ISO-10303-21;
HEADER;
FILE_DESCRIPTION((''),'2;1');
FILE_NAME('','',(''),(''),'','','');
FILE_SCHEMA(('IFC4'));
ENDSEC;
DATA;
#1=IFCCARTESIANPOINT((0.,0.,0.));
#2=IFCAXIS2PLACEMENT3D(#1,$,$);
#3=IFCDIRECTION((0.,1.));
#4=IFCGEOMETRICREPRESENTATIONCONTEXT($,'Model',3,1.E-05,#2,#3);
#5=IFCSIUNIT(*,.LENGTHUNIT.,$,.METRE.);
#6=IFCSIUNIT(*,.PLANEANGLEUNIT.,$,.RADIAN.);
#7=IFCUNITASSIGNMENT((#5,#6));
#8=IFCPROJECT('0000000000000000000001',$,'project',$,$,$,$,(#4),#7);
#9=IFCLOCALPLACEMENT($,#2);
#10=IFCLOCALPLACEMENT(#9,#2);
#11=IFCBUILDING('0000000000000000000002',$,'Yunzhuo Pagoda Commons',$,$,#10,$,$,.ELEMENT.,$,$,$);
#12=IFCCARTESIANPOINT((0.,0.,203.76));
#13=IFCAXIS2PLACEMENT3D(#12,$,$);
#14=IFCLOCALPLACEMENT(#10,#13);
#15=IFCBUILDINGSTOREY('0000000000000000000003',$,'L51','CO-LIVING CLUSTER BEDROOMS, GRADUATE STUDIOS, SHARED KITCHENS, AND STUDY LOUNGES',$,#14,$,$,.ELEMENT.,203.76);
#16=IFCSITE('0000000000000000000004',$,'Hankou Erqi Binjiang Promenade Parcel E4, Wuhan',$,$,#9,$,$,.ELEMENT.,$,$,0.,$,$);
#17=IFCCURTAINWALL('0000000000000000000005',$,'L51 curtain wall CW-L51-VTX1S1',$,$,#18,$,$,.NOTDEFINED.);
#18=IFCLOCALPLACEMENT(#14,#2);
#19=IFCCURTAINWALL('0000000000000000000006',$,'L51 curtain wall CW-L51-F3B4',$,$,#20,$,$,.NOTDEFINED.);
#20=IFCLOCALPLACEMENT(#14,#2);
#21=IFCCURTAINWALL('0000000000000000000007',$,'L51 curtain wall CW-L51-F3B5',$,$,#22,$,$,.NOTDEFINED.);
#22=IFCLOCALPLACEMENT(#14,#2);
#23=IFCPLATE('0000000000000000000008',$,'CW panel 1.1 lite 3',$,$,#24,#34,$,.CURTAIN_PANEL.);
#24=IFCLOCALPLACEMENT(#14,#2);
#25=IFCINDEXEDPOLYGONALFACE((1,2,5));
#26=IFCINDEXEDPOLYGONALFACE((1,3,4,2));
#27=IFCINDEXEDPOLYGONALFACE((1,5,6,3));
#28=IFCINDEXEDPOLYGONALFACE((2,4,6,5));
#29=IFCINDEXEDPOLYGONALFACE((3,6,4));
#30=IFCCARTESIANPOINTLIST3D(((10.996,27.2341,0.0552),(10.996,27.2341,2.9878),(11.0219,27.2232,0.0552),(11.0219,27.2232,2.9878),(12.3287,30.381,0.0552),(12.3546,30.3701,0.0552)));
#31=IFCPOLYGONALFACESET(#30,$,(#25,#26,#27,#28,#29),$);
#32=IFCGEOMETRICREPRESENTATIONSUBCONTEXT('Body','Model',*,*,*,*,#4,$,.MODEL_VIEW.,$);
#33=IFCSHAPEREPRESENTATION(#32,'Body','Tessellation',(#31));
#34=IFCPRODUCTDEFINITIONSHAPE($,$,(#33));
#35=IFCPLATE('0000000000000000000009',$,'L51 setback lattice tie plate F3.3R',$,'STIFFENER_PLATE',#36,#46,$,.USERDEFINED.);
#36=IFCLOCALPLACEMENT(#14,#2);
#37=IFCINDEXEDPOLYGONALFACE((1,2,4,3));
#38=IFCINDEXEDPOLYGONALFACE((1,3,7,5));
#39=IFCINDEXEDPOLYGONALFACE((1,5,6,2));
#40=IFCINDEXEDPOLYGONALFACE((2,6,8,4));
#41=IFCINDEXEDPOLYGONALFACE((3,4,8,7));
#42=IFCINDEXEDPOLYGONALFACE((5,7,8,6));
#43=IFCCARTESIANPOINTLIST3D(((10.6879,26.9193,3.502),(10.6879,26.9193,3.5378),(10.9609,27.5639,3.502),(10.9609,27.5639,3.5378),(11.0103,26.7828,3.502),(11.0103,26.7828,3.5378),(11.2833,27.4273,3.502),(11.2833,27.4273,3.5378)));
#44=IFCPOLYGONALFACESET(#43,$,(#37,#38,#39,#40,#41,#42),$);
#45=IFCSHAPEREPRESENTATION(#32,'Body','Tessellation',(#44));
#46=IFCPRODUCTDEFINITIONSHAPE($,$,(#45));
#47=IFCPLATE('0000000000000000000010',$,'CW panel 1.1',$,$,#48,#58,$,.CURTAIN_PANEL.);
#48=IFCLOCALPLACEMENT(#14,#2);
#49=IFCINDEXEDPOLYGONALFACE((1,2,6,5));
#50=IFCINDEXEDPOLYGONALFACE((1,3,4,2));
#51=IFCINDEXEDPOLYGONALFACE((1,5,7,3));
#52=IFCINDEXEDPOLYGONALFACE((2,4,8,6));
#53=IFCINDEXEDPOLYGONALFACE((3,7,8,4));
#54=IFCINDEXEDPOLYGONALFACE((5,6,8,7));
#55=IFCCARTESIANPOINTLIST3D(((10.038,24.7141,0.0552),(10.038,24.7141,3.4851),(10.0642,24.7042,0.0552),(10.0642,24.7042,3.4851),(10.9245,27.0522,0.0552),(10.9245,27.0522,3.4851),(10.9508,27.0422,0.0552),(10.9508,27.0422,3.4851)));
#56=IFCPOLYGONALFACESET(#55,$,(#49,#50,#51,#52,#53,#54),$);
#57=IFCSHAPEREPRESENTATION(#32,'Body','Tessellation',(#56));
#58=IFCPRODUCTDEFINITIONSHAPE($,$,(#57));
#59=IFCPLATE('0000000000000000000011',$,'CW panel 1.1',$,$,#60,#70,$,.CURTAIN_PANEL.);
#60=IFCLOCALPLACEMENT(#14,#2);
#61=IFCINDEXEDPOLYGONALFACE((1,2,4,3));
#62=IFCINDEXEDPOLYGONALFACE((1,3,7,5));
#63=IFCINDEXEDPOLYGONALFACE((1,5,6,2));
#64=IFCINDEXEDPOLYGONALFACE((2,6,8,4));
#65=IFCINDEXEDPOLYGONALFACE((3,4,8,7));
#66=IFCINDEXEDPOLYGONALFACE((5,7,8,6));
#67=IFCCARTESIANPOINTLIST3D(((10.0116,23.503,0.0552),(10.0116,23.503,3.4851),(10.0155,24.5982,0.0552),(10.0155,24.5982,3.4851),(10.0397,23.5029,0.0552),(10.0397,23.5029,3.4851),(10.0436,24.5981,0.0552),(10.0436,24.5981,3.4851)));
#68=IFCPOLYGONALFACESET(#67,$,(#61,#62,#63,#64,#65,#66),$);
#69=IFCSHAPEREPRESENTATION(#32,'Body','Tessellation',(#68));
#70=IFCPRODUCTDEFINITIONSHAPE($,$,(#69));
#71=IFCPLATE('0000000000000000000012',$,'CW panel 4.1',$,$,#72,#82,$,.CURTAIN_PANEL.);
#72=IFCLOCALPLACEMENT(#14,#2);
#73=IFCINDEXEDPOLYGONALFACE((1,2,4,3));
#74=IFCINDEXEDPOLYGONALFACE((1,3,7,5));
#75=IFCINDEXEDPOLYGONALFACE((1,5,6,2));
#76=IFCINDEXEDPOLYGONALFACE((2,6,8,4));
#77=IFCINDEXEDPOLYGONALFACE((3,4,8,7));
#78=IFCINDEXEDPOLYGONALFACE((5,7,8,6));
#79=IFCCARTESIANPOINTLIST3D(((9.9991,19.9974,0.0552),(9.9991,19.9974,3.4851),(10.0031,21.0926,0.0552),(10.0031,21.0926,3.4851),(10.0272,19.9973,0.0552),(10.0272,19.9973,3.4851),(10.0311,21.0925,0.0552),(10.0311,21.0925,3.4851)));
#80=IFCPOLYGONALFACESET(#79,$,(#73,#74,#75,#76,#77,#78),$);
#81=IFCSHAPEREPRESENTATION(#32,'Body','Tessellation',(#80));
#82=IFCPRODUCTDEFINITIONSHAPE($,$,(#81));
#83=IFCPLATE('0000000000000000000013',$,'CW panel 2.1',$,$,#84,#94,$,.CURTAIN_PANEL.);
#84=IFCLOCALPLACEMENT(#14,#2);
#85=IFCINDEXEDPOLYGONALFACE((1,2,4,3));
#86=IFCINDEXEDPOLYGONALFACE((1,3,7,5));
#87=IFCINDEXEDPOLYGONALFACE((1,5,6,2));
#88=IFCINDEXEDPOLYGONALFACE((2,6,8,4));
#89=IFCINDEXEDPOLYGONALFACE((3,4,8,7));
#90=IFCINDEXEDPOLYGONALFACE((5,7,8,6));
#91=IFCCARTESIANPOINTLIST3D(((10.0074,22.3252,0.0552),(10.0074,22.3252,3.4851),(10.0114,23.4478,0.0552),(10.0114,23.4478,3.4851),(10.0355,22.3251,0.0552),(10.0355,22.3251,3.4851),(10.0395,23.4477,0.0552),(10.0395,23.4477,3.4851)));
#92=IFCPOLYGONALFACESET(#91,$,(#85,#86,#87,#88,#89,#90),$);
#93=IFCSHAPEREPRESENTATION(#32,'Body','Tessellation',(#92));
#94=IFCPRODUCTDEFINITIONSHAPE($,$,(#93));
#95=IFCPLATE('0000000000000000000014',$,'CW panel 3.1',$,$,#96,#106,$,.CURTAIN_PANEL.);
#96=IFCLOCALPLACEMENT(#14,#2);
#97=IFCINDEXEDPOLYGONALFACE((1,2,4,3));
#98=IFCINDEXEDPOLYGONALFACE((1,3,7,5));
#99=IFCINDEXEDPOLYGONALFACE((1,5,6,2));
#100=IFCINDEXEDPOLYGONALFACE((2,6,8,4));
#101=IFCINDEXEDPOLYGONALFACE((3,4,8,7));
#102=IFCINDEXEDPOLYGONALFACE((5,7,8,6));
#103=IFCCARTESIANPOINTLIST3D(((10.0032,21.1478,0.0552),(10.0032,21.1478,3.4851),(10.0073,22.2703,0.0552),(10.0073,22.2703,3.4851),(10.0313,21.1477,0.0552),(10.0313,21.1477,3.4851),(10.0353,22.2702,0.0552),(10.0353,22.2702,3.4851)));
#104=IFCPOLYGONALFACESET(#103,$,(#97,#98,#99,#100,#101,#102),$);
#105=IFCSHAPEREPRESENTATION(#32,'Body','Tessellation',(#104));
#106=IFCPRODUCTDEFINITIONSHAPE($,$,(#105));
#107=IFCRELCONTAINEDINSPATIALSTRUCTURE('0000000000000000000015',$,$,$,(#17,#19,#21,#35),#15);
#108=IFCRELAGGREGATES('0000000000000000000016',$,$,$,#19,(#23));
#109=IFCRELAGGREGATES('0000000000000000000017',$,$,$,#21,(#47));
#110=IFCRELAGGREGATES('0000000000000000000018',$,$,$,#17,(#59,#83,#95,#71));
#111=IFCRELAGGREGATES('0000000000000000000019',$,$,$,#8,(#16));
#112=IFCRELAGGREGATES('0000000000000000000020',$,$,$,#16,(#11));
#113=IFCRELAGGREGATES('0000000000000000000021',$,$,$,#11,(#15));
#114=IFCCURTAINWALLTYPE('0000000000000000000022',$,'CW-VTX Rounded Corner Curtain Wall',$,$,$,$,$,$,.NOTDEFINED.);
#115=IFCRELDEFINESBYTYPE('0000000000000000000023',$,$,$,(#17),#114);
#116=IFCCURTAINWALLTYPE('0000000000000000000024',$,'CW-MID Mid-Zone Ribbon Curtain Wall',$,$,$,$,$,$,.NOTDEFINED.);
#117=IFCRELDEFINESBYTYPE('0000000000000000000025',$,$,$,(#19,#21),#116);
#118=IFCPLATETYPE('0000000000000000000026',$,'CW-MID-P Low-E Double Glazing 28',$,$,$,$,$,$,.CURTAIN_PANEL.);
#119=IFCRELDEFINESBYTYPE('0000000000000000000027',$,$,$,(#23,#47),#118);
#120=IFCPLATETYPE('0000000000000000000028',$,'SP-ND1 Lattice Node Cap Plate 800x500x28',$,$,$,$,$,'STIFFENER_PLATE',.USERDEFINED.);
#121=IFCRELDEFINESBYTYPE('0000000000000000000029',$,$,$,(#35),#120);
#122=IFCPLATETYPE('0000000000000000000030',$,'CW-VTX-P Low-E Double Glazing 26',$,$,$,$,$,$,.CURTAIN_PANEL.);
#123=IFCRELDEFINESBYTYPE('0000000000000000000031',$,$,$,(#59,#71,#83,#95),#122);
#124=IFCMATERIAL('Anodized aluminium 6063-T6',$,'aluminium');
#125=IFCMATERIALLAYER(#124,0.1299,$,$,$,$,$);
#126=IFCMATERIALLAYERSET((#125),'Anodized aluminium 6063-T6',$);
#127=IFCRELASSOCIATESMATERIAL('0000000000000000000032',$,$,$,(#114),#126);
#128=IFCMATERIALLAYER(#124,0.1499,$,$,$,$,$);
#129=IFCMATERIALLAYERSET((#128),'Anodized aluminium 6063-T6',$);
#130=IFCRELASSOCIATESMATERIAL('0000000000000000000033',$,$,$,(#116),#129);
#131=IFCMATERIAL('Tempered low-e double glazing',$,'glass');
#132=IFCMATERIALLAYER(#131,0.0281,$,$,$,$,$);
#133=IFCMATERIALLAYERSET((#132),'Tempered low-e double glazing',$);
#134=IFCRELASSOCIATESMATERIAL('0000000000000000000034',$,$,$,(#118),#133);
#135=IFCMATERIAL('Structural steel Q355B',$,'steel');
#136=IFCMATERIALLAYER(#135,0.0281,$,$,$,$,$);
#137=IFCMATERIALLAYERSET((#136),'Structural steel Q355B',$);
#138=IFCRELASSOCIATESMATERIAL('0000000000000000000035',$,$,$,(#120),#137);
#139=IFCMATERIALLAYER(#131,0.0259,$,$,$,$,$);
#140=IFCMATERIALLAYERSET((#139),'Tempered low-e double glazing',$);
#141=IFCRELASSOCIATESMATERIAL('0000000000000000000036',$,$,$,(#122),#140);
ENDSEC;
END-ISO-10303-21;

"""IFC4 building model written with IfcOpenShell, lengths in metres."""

from ifc_helpers import new_model, si_unit, direction, frame, origin, origin_2d, place, context, subcontext, project, spatial, polyline, rectangle, outline, extrude, source, transform, mapped, material, layer, layer_set, type_object, element, aggregate, save


model = new_model("IFC4")

# Units and contexts
model_context = context("Model", 3, precision=1e-05, world=origin(), true_north=direction((0.0, 1.0)))
body_context = subcontext(model_context, "Body", "Model", "MODEL_VIEW")
ifc_project = project(units=[si_unit("LENGTHUNIT", "METRE"), si_unit("PLANEANGLEUNIT", "RADIAN")], contexts=[model_context])

# Site, building, storey
site_placement = place(None, origin())
site = spatial("IfcSite", under=ifc_project, at=site_placement, Name="Hankou Erqi Binjiang Promenade Parcel E4, Wuhan", CompositionType="ELEMENT", RefElevation=0.0)
building_placement = place(site_placement, origin())
building = spatial("IfcBuilding", under=site, at=building_placement, Name="Yunzhuo Pagoda Commons", CompositionType="ELEMENT")
storey_placement = place(building_placement, frame((0.0, 0.0, 203.76)))
storey = spatial("IfcBuildingStorey", under=building, at=storey_placement, Name="L51", Description="CO-LIVING CLUSTER BEDROOMS, GRADUATE STUDIOS, SHARED KITCHENS, AND STUDY LOUNGES", CompositionType="ELEMENT", Elevation=203.76)

# Shared definitions
ifc_material_1 = material(Name="Structural steel Q355B", Category="steel")

# Curtain wall
ifc_material_2 = material(Name="Anodized aluminium 6063-T6", Category="aluminium")
ifc_layer_1 = layer(ifc_material_2, 0.1299)
ifc_layer_set_1 = layer_set([ifc_layer_1], Name="Anodized aluminium 6063-T6")
curtain_wall_type_1 = type_object("IfcCurtainWallType", Name="CW-VTX Rounded Corner Curtain Wall", PredefinedType="NOTDEFINED", material=ifc_layer_set_1)
curtain_wall_1_placement = place(storey_placement, origin())
curtain_wall_1 = element("IfcCurtainWall", 1, at=curtain_wall_1_placement, inside=storey, type_object=curtain_wall_type_1, Name="L51 curtain wall CW-L51-VTX1S1", PredefinedType="NOTDEFINED")

# Curtain wall
ifc_layer_2 = layer(ifc_material_2, 0.1499)
ifc_layer_set_2 = layer_set([ifc_layer_2], Name="Anodized aluminium 6063-T6")
curtain_wall_type_2 = type_object("IfcCurtainWallType", Name="CW-MID Mid-Zone Ribbon Curtain Wall", PredefinedType="NOTDEFINED", material=ifc_layer_set_2)
curtain_wall_2_placement = place(storey_placement, origin())
curtain_wall_2 = element("IfcCurtainWall", 2, at=curtain_wall_2_placement, inside=storey, type_object=curtain_wall_type_2, Name="L51 curtain wall CW-L51-F3B4", PredefinedType="NOTDEFINED")

# Curtain wall
curtain_wall_3_placement = place(storey_placement, origin())
curtain_wall_3 = element("IfcCurtainWall", 3, at=curtain_wall_3_placement, inside=storey, type_object=curtain_wall_type_2, Name="L51 curtain wall CW-L51-F3B5", PredefinedType="NOTDEFINED")

# Plates
ifc_material_3 = material(Name="Tempered low-e double glazing", Category="glass")
ifc_layer_3 = layer(ifc_material_3, 0.0281)
ifc_layer_set_3 = layer_set([ifc_layer_3], Name="Tempered low-e double glazing")
plate_type_1 = type_object("IfcPlateType", Name="CW-MID-P Low-E Double Glazing 28", PredefinedType="CURTAIN_PANEL", material=ifc_layer_set_3)
plate_1_placement = place(storey_placement, frame((11.6882, 28.7966, 1.5215), z_axis=(-0.920824, 0.389978, 0.0), x_axis=(-0.389978, -0.920824, 0.0)))
plate_1 = element("IfcPlate", 4, at=plate_1_placement, type_object=plate_type_1, Name="CW panel 1.1 lite 3", PredefinedType="CURTAIN_PANEL", context=body_context, shape_type="SweptSolid", body=[
    extrude(outline(polyline([(-1.7087, -1.4663), (1.7087, -1.4663), (1.7087, 1.4663), (-1.7087, -1.4663)])), origin(), (0.0, 0.0, 1.0), 0.0281),
])
aggregate(curtain_wall_2, [plate_1])
ifc_layer_4 = layer(ifc_material_1, 0.0281)
ifc_layer_set_4 = layer_set([ifc_layer_4], Name="Structural steel Q355B")
plate_type_2 = type_object("IfcPlateType", Name="SP-ND1 Lattice Node Cap Plate 800x500x28", ElementType="STIFFENER_PLATE", PredefinedType="USERDEFINED", material=ifc_layer_set_4)
shared_shape_1 = source(origin(), body_context, "Body", "SweptSolid", [
    extrude(rectangle(XDim=0.7, YDim=0.3501, at=origin_2d()), origin(), (0.0, 0.0, 1.0), 0.0359),
])
plate_2_placement = place(storey_placement, frame((10.9856, 27.1733, 3.502), z_axis=(0.0, 0.0, 1.0), x_axis=(-0.389976, -0.920825, 0.0)))
element("IfcPlate", 5, at=plate_2_placement, inside=storey, type_object=plate_type_2, Name="L51 setback lattice tie plate F3.3R", ObjectType="STIFFENER_PLATE", PredefinedType="USERDEFINED", context=body_context, shape_type="MappedRepresentation", body=[
    mapped(shared_shape_1, transform((0.0, 0.0, 0.0), scale=1.0)),
])
shared_shape_2 = source(origin(), body_context, "Body", "SweptSolid", [
    extrude(rectangle(XDim=2.5005, YDim=0.0281, at=origin_2d()), origin(), (0.0, 0.0, 1.0), 3.4299),
])
plate_3_placement = place(storey_placement, frame((10.4944, 25.8782, 0.0552), z_axis=(0.0, 0.0, 1.0), x_axis=(-0.354559, -0.935034, 0.0)))
plate_3 = element("IfcPlate", 6, at=plate_3_placement, type_object=plate_type_1, Name="CW panel 1.1", PredefinedType="CURTAIN_PANEL", context=body_context, shape_type="MappedRepresentation", body=[
    mapped(shared_shape_2, transform((0.0, 0.0, 0.0), scale=1.0)),
])
aggregate(curtain_wall_3, [plate_3])
ifc_layer_5 = layer(ifc_material_3, 0.0259)
ifc_layer_set_5 = layer_set([ifc_layer_5], Name="Tempered low-e double glazing")
plate_type_3 = type_object("IfcPlateType", Name="CW-VTX-P Low-E Double Glazing 26", PredefinedType="CURTAIN_PANEL", material=ifc_layer_set_5)
shared_shape_3 = source(origin(), body_context, "Body", "SweptSolid", [
    extrude(rectangle(XDim=1.0952, YDim=0.0281, at=origin_2d()), origin(), (0.0, 0.0, 1.0), 3.4299),
])
plate_4_placement = place(storey_placement, frame((10.0276, 24.0505, 0.0552), z_axis=(0.0, 0.0, 1.0), x_axis=(-0.003588, -0.999994, 0.0)))
plate_4 = element("IfcPlate", 7, at=plate_4_placement, type_object=plate_type_3, Name="CW panel 1.1", PredefinedType="CURTAIN_PANEL", context=body_context, shape_type="MappedRepresentation", body=[
    mapped(shared_shape_3, transform((0.0, 0.0, 0.0), scale=1.0)),
])
plate_5_placement = place(storey_placement, frame((10.0151, 20.5449, 0.0552), z_axis=(0.0, 0.0, 1.0), x_axis=(-0.003588, -0.999994, 0.0)))
plate_5 = element("IfcPlate", 8, at=plate_5_placement, type_object=plate_type_3, Name="CW panel 4.1", PredefinedType="CURTAIN_PANEL", context=body_context, shape_type="MappedRepresentation", body=[
    mapped(shared_shape_3, transform((0.0, 0.0, 0.0), scale=1.0)),
])
shared_shape_4 = source(origin(), body_context, "Body", "SweptSolid", [
    extrude(rectangle(XDim=1.1226, YDim=0.0281, at=origin_2d()), origin(), (0.0, 0.0, 1.0), 3.4299),
])
plate_6_placement = place(storey_placement, frame((10.0234, 22.8865, 0.0552), z_axis=(0.0, 0.0, 1.0), x_axis=(-0.003588, -0.999994, 0.0)))
plate_6 = element("IfcPlate", 9, at=plate_6_placement, type_object=plate_type_3, Name="CW panel 2.1", PredefinedType="CURTAIN_PANEL", context=body_context, shape_type="MappedRepresentation", body=[
    mapped(shared_shape_4, transform((0.0, 0.0, 0.0), scale=1.0)),
])
plate_7_placement = place(storey_placement, frame((10.0193, 21.709, 0.0552), z_axis=(0.0, 0.0, 1.0), x_axis=(-0.003588, -0.999994, 0.0)))
plate_7 = element("IfcPlate", 10, at=plate_7_placement, type_object=plate_type_3, Name="CW panel 3.1", PredefinedType="CURTAIN_PANEL", context=body_context, shape_type="MappedRepresentation", body=[
    mapped(shared_shape_4, transform((0.0, 0.0, 0.0), scale=1.0)),
])
aggregate(curtain_wall_1, [plate_4, plate_6, plate_7, plate_5])

save(model, "model.ifc")
